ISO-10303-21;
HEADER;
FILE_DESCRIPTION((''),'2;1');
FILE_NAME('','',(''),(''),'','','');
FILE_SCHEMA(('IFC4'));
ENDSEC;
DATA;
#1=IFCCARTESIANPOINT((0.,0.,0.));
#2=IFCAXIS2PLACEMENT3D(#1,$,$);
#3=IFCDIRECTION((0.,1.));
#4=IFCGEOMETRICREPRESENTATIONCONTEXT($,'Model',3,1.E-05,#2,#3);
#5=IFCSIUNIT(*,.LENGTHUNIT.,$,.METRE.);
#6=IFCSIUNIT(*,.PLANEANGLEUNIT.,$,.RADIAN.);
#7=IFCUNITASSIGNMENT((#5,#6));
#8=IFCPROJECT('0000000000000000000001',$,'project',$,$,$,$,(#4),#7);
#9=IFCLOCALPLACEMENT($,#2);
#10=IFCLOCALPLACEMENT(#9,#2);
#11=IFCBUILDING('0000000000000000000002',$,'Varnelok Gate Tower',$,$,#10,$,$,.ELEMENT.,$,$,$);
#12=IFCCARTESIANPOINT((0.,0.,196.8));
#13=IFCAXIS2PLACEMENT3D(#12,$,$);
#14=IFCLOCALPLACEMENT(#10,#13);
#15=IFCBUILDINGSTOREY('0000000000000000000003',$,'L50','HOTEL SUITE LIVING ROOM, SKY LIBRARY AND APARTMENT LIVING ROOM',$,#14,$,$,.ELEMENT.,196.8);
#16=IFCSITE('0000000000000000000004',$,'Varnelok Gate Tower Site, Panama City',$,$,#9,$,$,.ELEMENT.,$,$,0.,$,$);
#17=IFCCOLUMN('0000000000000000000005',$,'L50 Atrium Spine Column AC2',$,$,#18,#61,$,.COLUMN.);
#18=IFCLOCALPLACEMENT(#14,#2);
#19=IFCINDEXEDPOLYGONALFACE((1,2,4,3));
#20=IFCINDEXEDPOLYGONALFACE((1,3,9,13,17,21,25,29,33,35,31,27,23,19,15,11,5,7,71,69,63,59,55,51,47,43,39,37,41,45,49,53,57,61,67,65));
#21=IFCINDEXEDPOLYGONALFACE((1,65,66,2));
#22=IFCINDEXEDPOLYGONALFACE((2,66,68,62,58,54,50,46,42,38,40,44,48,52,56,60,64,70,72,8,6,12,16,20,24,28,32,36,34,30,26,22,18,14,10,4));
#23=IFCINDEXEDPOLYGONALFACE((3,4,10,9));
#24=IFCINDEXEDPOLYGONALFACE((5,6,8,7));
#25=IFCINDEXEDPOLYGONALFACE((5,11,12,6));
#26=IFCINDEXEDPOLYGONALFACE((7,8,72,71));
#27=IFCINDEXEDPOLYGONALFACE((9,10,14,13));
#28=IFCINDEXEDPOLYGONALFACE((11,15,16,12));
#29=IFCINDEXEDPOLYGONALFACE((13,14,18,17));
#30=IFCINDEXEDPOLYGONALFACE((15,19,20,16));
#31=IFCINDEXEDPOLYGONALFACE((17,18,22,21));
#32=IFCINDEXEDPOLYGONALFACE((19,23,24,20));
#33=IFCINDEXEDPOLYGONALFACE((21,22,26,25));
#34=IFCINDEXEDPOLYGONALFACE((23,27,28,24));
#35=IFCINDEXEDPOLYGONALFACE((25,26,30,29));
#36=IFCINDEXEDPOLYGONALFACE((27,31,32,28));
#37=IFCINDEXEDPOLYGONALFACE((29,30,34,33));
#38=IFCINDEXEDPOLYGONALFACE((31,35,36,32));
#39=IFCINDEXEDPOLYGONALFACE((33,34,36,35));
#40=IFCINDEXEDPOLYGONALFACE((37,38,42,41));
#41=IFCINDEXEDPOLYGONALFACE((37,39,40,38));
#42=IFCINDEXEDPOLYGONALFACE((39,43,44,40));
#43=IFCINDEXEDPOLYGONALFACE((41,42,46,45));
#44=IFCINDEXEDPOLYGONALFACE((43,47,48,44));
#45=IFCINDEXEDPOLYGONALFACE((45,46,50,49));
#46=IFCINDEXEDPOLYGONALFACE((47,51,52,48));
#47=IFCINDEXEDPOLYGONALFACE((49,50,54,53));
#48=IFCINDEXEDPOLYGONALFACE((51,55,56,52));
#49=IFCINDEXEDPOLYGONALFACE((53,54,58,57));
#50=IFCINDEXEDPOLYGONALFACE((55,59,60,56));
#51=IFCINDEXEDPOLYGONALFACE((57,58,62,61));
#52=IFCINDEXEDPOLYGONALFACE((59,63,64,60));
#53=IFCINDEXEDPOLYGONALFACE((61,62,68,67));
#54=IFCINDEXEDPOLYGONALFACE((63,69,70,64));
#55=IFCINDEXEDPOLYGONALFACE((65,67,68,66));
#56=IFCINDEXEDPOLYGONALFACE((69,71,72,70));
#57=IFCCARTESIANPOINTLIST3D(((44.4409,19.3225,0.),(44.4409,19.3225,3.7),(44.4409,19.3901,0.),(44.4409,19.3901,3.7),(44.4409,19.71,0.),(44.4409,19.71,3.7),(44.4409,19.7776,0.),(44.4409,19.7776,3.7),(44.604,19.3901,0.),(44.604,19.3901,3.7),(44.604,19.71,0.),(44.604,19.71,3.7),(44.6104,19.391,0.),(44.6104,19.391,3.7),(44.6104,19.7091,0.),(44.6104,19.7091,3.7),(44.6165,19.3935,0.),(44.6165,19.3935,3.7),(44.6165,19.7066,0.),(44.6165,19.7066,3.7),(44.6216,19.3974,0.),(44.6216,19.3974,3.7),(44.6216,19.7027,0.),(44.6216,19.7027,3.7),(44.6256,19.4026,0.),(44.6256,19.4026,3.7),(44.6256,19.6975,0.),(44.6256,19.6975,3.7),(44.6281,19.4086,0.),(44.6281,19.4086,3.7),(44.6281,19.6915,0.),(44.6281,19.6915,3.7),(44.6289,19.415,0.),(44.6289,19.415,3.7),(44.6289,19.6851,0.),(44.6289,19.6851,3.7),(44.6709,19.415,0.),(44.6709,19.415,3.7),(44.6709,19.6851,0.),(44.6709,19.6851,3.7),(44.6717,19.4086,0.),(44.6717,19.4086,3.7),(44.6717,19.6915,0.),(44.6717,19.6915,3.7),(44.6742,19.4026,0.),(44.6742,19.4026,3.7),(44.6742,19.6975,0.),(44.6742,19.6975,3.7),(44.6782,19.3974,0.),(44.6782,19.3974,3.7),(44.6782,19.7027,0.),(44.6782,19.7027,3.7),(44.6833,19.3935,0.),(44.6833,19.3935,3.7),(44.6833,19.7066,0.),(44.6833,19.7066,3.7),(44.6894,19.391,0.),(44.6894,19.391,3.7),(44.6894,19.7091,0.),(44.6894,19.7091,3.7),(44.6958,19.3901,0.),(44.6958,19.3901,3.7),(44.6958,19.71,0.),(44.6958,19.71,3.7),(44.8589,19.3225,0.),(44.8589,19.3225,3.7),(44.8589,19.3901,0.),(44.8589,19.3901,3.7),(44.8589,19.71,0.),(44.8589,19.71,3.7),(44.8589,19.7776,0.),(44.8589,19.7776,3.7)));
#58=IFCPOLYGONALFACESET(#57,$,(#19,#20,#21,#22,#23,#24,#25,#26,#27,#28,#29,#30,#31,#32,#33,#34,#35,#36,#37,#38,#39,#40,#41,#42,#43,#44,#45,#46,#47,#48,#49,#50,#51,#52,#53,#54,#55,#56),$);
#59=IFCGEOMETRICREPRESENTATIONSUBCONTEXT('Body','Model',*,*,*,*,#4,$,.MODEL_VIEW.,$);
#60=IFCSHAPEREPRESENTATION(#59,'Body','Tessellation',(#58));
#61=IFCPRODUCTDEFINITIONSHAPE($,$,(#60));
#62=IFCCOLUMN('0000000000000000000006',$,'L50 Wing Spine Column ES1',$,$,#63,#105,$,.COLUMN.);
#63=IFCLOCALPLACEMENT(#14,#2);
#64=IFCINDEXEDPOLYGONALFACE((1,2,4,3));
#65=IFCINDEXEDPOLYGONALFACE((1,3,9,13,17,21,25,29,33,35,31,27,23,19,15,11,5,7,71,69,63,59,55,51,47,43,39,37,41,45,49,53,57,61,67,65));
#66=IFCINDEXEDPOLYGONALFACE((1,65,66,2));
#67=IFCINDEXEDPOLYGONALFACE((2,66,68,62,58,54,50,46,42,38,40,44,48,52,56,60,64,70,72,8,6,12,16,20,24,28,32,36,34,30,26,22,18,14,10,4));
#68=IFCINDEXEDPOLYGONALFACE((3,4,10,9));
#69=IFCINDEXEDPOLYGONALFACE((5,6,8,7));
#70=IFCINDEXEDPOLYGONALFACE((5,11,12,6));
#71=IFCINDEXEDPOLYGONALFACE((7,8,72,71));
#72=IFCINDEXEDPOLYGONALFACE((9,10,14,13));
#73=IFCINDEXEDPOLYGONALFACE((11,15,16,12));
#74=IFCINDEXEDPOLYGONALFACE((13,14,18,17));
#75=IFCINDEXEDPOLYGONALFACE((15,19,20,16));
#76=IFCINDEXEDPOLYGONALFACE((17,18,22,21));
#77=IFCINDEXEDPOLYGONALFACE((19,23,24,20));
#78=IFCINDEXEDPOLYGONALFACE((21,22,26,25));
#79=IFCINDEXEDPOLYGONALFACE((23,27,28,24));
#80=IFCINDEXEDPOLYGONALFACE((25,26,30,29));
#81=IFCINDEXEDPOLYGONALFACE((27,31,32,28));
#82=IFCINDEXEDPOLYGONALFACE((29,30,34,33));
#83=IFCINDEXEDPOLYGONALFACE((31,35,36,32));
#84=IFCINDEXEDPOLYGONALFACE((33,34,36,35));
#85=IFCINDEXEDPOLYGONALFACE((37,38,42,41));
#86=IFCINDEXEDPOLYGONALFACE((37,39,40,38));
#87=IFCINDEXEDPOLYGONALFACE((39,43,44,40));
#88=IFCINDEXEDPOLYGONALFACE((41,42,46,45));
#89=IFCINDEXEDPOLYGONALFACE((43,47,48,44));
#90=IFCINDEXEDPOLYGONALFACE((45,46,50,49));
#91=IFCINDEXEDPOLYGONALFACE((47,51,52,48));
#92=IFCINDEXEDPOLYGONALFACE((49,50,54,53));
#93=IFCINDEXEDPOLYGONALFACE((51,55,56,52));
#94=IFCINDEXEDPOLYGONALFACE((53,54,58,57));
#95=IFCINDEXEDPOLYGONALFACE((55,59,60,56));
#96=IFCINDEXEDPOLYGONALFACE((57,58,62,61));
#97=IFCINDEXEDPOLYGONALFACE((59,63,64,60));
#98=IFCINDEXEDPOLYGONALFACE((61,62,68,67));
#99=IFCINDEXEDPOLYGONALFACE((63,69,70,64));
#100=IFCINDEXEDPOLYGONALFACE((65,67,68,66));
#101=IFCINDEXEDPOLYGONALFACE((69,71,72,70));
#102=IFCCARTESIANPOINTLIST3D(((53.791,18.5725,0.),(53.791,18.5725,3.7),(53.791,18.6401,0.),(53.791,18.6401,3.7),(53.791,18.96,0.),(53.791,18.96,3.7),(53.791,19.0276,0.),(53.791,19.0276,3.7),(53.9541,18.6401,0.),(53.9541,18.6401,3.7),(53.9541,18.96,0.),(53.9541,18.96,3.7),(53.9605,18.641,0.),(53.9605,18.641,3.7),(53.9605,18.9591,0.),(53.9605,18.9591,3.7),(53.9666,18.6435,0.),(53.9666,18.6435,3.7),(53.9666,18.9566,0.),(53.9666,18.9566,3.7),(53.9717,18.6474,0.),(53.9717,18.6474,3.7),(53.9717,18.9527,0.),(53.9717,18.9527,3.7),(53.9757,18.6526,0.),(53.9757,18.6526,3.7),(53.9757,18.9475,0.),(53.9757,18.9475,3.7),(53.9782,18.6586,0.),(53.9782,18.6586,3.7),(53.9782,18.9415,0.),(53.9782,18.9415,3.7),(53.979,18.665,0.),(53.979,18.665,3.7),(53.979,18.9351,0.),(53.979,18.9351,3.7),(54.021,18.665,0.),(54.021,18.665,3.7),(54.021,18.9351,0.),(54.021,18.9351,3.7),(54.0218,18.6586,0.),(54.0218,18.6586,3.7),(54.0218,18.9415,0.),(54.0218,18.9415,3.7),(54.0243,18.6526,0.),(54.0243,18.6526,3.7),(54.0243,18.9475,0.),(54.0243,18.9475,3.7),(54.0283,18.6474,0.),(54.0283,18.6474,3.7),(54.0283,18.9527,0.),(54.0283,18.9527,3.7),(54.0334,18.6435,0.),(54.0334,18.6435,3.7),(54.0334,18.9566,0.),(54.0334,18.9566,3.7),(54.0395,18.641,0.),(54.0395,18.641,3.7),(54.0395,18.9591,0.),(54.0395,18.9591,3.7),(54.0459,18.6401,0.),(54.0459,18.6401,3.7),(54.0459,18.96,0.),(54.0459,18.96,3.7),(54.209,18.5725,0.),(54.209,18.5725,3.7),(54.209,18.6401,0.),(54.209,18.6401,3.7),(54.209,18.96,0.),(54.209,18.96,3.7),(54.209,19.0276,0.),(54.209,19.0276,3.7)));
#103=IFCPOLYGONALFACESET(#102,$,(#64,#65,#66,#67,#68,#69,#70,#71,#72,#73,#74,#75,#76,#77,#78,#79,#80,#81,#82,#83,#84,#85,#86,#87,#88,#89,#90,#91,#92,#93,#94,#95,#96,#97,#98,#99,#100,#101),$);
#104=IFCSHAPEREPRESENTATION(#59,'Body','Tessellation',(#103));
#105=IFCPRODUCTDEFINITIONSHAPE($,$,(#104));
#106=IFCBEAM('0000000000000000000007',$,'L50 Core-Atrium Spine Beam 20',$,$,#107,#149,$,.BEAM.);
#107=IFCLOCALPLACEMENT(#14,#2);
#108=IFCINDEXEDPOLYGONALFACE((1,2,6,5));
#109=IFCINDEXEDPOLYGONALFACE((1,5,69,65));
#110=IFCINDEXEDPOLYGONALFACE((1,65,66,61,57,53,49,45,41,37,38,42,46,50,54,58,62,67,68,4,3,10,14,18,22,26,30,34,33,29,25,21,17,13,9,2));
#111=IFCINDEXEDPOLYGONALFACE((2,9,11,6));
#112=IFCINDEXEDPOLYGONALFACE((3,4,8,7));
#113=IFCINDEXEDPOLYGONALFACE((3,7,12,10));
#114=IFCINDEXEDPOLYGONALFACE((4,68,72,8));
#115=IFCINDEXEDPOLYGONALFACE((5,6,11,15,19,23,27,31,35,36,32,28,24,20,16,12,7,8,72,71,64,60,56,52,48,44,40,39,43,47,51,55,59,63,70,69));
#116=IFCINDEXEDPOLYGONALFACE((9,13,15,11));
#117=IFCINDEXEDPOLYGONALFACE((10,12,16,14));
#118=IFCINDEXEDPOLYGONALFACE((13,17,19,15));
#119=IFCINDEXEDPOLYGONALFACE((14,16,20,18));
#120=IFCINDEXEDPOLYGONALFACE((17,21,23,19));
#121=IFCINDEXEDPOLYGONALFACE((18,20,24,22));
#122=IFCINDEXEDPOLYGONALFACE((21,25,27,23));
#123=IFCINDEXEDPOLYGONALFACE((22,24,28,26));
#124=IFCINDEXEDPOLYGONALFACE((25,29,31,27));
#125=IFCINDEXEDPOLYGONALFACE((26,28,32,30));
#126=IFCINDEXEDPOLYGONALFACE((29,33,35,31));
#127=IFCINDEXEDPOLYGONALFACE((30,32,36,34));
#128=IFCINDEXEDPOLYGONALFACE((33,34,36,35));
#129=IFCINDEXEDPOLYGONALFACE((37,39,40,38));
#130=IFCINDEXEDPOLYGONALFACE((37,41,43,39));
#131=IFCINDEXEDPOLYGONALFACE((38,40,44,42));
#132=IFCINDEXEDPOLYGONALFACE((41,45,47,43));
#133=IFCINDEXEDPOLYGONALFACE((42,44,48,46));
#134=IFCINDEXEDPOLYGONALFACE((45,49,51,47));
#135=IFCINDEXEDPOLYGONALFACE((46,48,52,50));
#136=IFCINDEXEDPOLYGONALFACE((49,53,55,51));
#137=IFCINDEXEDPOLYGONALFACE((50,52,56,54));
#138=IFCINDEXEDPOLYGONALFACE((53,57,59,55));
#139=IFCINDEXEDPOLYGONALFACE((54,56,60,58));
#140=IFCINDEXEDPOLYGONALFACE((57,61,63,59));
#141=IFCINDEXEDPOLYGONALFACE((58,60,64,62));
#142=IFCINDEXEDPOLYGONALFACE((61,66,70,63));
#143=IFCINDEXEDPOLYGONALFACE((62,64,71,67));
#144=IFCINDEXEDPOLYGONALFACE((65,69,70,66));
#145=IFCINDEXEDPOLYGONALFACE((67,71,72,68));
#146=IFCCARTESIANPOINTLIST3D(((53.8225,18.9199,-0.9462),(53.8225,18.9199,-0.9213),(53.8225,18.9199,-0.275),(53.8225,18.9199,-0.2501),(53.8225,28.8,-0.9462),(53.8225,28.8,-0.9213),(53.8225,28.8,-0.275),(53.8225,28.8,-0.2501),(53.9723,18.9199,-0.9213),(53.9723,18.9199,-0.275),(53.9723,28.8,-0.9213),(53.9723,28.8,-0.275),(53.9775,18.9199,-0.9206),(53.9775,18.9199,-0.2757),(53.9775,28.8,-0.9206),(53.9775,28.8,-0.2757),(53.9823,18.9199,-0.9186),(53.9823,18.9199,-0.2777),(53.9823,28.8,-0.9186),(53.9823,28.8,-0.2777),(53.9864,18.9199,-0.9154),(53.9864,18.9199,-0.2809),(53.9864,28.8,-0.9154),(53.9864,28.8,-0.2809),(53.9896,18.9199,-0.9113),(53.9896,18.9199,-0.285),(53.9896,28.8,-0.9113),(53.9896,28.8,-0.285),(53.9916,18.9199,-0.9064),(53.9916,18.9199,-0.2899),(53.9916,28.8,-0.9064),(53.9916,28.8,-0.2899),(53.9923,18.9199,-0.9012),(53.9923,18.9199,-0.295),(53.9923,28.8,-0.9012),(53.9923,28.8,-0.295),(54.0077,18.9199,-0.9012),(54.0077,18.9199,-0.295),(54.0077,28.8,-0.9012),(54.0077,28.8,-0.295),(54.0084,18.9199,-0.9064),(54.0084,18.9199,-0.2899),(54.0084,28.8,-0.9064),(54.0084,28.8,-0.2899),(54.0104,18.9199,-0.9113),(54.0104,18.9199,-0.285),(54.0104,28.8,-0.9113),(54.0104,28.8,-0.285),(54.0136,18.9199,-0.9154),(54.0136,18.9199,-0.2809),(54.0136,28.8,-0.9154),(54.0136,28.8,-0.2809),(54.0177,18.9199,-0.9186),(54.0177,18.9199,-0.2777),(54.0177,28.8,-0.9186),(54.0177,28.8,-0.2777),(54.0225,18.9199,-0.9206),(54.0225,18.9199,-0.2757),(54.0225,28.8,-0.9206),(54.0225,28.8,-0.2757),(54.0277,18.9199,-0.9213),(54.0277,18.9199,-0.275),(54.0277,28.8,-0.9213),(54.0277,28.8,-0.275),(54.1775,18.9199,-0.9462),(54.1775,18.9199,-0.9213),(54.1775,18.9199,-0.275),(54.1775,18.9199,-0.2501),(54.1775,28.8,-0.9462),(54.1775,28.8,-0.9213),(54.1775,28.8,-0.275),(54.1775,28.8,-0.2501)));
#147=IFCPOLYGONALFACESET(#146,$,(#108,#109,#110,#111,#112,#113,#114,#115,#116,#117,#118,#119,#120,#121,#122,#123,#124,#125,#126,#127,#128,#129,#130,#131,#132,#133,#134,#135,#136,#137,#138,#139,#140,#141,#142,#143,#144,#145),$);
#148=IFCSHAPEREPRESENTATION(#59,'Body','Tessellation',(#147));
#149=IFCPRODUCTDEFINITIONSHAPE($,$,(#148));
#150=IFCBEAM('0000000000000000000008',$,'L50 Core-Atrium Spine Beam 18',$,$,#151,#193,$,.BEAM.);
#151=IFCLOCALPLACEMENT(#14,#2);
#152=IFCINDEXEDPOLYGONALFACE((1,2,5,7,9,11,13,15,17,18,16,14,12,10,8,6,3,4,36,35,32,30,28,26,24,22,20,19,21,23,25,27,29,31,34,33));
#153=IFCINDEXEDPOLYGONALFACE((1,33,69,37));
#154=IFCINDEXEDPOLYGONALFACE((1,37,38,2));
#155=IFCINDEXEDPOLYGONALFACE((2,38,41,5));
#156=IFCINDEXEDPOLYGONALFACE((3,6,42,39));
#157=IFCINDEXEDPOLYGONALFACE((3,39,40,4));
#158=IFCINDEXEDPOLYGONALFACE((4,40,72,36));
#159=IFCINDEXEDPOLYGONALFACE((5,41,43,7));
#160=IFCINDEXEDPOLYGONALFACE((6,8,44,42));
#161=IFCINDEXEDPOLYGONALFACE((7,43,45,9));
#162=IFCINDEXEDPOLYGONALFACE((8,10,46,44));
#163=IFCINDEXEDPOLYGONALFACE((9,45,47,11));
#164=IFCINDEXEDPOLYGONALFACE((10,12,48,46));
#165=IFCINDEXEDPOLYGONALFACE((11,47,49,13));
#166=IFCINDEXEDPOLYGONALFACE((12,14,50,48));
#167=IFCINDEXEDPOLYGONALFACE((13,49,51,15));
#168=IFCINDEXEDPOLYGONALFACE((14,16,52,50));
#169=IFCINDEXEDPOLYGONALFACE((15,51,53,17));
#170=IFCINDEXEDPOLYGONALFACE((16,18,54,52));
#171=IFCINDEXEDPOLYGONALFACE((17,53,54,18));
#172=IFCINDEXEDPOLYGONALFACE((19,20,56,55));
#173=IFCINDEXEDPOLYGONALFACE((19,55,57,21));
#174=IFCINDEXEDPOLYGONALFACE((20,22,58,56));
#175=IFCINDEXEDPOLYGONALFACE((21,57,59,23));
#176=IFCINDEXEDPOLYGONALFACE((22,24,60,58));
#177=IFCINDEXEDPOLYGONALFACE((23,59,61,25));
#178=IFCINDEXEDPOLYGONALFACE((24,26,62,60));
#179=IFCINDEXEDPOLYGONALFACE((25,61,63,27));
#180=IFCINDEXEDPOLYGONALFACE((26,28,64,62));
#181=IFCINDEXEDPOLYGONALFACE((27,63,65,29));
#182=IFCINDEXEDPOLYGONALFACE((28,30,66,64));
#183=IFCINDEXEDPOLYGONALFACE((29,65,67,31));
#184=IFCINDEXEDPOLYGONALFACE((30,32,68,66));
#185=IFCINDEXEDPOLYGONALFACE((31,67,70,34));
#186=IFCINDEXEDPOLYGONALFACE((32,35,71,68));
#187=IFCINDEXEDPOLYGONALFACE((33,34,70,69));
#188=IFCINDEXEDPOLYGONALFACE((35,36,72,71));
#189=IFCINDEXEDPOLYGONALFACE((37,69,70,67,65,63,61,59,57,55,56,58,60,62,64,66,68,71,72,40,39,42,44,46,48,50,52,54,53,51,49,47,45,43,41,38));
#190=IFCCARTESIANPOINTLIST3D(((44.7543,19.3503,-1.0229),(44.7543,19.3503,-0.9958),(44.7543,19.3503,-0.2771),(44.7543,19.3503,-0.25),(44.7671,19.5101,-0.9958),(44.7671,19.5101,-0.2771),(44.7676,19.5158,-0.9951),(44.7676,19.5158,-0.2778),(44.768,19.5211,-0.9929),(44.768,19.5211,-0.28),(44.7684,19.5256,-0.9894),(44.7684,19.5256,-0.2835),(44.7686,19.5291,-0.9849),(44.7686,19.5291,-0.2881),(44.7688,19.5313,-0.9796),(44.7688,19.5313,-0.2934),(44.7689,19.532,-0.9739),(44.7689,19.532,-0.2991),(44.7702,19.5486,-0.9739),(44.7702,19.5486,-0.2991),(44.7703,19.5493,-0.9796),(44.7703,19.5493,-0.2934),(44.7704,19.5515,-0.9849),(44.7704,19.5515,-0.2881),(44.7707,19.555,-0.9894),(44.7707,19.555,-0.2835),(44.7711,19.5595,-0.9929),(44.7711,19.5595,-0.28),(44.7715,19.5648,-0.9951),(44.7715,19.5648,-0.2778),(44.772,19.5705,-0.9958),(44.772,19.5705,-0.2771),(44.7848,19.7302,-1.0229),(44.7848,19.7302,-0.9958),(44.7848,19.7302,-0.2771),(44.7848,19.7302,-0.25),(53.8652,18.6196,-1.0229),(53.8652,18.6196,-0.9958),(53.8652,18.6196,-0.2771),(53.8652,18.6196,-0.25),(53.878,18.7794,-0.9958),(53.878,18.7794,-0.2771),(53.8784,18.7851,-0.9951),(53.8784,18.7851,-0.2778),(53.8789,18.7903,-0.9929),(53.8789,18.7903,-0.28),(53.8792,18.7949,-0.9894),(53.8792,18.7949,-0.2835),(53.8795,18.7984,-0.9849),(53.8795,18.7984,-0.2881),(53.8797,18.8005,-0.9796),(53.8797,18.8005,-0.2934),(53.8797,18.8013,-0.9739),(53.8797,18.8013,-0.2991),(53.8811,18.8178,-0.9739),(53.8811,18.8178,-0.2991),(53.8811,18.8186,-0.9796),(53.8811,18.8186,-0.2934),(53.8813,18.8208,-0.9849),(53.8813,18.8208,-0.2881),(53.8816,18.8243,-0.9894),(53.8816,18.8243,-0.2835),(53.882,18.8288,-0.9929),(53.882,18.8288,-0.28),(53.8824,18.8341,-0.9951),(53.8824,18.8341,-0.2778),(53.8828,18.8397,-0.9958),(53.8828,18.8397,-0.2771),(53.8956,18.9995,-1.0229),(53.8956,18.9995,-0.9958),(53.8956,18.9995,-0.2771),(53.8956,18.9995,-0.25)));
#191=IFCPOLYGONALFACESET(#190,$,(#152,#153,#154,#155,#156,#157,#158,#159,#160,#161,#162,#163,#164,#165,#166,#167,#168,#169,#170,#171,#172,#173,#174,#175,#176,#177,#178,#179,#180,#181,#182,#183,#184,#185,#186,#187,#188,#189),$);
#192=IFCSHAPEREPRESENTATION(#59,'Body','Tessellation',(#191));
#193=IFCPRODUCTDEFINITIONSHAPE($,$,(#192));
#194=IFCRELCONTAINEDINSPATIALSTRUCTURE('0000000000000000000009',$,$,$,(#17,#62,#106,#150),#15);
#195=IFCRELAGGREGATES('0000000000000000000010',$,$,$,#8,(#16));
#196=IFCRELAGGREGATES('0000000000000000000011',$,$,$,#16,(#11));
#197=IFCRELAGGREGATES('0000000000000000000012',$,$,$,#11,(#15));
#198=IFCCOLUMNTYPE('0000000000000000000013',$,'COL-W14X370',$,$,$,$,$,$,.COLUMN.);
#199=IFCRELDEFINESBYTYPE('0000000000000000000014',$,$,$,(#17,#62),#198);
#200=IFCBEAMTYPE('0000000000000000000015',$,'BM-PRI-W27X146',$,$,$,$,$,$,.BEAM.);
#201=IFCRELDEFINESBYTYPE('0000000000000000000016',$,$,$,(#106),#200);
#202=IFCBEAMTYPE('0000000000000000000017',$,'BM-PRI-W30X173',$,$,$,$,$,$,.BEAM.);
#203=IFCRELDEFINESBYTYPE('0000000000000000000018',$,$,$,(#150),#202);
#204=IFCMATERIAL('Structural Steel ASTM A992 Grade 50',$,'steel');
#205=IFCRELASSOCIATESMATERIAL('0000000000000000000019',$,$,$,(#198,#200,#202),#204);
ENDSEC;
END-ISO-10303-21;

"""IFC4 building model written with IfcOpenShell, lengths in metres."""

from ifc_helpers import new_model, si_unit, direction, frame, origin, origin_2d, place, context, subcontext, project, spatial, i_section, extrude, material, material_profile, profile_set, type_object, element, save


model = new_model("IFC4")

# Units and contexts
model_context = context("Model", 3, precision=1e-05, world=origin(), true_north=direction((0.0, 1.0)))
body_context = subcontext(model_context, "Body", "Model", "MODEL_VIEW")
ifc_project = project(units=[si_unit("LENGTHUNIT", "METRE"), si_unit("PLANEANGLEUNIT", "RADIAN")], contexts=[model_context])

# Site, building, storey
site_placement = place(None, origin())
site = spatial("IfcSite", under=ifc_project, at=site_placement, Name="Varnelok Gate Tower Site, Panama City", CompositionType="ELEMENT", RefElevation=0.0)
building_placement = place(site_placement, origin())
building = spatial("IfcBuilding", under=site, at=building_placement, Name="Varnelok Gate Tower", CompositionType="ELEMENT")
storey_placement = place(building_placement, frame((0.0, 0.0, 196.8)))
storey = spatial("IfcBuildingStorey", under=building, at=storey_placement, Name="L50", Description="HOTEL SUITE LIVING ROOM, SKY LIBRARY AND APARTMENT LIVING ROOM", CompositionType="ELEMENT", Elevation=196.8)

# Columns
ifc_material_1 = material(Name="Structural Steel ASTM A992 Grade 50", Category="steel")
ifc_material_profile_1 = material_profile(ifc_material_1, i_section(OverallWidth=0.418, OverallDepth=0.4551, WebThickness=0.042, FlangeThickness=0.0676, FilletRadius=0.0249, at=origin_2d()), Name="W14X370")
ifc_profile_set_1 = profile_set([ifc_material_profile_1], Name="Structural Steel ASTM A992 Grade 50")
column_type = type_object("IfcColumnType", Name="COL-W14X370", PredefinedType="COLUMN", material=ifc_profile_set_1)
for number, where, z_axis, x_axis, name in (
    (1, (44.6499, 19.55, 0.0), (0.0, 0.0, 1.0), (1.0, 0.0, 0.0), "L50 Atrium Spine Column AC2"),
    (2, (54.0, 18.8, 0.0), (0.0, 0.0, 1.0), (1.0, 0.0, 0.0), "L50 Wing Spine Column ES1"),
):
    element("IfcColumn", number, at=place(storey_placement, frame(where, z_axis=z_axis, x_axis=x_axis)), inside=storey, type_object=column_type, Name=name, PredefinedType="COLUMN", context=body_context, shape_type="SweptSolid", body=[
        extrude(i_section(OverallWidth=0.418, OverallDepth=0.4551, WebThickness=0.042, FlangeThickness=0.0676, FilletRadius=0.0249, at=origin_2d()), origin(), (0.0, 0.0, 1.0), 3.7),
    ])

# Beams
ifc_material_profile_2 = material_profile(ifc_material_1, i_section(OverallWidth=0.355, OverallDepth=0.696, WebThickness=0.0154, FlangeThickness=0.0249, FilletRadius=0.02, at=origin_2d()), Name="W27X146")
ifc_profile_set_2 = profile_set([ifc_material_profile_2], Name="Structural Steel ASTM A992 Grade 50")
beam_type_1 = type_object("IfcBeamType", Name="BM-PRI-W27X146", PredefinedType="BEAM", material=ifc_profile_set_2)
beam_1_placement = place(storey_placement, frame((54.0, 18.9199, -0.5981), z_axis=(0.0, 1.0, 0.0), x_axis=(-1.0, 0.0, 0.0)))
element("IfcBeam", 3, at=beam_1_placement, inside=storey, type_object=beam_type_1, Name="L50 Core-Atrium Spine Beam 20", PredefinedType="BEAM", context=body_context, shape_type="SweptSolid", body=[
    extrude(i_section(OverallWidth=0.355, OverallDepth=0.696, WebThickness=0.0154, FlangeThickness=0.0249, FilletRadius=0.02, at=origin_2d()), origin(), (0.0, 0.0, 1.0), 9.8801),
])
ifc_material_profile_3 = material_profile(ifc_material_1, i_section(OverallWidth=0.3811, OverallDepth=0.7729, WebThickness=0.0166, FlangeThickness=0.0271, FilletRadius=0.022, at=origin_2d()), Name="W30X173")
ifc_profile_set_3 = profile_set([ifc_material_profile_3], Name="Structural Steel ASTM A992 Grade 50")
beam_type_2 = type_object("IfcBeamType", Name="BM-PRI-W30X173", PredefinedType="BEAM", material=ifc_profile_set_3)
beam_2_placement = place(storey_placement, frame((44.7695, 19.5403, -0.6365), z_axis=(0.996799, -0.079946, 0.0), x_axis=(0.079946, 0.996799, 0.0)))
element("IfcBeam", 4, at=beam_2_placement, inside=storey, type_object=beam_type_2, Name="L50 Core-Atrium Spine Beam 18", PredefinedType="BEAM", context=body_context, shape_type="SweptSolid", body=[
    extrude(i_section(OverallWidth=0.3811, OverallDepth=0.7729, WebThickness=0.0166, FlangeThickness=0.0271, FilletRadius=0.022, at=origin_2d()), origin(), (0.0, 0.0, 1.0), 9.1401),
])

save(model, "model.ifc")
